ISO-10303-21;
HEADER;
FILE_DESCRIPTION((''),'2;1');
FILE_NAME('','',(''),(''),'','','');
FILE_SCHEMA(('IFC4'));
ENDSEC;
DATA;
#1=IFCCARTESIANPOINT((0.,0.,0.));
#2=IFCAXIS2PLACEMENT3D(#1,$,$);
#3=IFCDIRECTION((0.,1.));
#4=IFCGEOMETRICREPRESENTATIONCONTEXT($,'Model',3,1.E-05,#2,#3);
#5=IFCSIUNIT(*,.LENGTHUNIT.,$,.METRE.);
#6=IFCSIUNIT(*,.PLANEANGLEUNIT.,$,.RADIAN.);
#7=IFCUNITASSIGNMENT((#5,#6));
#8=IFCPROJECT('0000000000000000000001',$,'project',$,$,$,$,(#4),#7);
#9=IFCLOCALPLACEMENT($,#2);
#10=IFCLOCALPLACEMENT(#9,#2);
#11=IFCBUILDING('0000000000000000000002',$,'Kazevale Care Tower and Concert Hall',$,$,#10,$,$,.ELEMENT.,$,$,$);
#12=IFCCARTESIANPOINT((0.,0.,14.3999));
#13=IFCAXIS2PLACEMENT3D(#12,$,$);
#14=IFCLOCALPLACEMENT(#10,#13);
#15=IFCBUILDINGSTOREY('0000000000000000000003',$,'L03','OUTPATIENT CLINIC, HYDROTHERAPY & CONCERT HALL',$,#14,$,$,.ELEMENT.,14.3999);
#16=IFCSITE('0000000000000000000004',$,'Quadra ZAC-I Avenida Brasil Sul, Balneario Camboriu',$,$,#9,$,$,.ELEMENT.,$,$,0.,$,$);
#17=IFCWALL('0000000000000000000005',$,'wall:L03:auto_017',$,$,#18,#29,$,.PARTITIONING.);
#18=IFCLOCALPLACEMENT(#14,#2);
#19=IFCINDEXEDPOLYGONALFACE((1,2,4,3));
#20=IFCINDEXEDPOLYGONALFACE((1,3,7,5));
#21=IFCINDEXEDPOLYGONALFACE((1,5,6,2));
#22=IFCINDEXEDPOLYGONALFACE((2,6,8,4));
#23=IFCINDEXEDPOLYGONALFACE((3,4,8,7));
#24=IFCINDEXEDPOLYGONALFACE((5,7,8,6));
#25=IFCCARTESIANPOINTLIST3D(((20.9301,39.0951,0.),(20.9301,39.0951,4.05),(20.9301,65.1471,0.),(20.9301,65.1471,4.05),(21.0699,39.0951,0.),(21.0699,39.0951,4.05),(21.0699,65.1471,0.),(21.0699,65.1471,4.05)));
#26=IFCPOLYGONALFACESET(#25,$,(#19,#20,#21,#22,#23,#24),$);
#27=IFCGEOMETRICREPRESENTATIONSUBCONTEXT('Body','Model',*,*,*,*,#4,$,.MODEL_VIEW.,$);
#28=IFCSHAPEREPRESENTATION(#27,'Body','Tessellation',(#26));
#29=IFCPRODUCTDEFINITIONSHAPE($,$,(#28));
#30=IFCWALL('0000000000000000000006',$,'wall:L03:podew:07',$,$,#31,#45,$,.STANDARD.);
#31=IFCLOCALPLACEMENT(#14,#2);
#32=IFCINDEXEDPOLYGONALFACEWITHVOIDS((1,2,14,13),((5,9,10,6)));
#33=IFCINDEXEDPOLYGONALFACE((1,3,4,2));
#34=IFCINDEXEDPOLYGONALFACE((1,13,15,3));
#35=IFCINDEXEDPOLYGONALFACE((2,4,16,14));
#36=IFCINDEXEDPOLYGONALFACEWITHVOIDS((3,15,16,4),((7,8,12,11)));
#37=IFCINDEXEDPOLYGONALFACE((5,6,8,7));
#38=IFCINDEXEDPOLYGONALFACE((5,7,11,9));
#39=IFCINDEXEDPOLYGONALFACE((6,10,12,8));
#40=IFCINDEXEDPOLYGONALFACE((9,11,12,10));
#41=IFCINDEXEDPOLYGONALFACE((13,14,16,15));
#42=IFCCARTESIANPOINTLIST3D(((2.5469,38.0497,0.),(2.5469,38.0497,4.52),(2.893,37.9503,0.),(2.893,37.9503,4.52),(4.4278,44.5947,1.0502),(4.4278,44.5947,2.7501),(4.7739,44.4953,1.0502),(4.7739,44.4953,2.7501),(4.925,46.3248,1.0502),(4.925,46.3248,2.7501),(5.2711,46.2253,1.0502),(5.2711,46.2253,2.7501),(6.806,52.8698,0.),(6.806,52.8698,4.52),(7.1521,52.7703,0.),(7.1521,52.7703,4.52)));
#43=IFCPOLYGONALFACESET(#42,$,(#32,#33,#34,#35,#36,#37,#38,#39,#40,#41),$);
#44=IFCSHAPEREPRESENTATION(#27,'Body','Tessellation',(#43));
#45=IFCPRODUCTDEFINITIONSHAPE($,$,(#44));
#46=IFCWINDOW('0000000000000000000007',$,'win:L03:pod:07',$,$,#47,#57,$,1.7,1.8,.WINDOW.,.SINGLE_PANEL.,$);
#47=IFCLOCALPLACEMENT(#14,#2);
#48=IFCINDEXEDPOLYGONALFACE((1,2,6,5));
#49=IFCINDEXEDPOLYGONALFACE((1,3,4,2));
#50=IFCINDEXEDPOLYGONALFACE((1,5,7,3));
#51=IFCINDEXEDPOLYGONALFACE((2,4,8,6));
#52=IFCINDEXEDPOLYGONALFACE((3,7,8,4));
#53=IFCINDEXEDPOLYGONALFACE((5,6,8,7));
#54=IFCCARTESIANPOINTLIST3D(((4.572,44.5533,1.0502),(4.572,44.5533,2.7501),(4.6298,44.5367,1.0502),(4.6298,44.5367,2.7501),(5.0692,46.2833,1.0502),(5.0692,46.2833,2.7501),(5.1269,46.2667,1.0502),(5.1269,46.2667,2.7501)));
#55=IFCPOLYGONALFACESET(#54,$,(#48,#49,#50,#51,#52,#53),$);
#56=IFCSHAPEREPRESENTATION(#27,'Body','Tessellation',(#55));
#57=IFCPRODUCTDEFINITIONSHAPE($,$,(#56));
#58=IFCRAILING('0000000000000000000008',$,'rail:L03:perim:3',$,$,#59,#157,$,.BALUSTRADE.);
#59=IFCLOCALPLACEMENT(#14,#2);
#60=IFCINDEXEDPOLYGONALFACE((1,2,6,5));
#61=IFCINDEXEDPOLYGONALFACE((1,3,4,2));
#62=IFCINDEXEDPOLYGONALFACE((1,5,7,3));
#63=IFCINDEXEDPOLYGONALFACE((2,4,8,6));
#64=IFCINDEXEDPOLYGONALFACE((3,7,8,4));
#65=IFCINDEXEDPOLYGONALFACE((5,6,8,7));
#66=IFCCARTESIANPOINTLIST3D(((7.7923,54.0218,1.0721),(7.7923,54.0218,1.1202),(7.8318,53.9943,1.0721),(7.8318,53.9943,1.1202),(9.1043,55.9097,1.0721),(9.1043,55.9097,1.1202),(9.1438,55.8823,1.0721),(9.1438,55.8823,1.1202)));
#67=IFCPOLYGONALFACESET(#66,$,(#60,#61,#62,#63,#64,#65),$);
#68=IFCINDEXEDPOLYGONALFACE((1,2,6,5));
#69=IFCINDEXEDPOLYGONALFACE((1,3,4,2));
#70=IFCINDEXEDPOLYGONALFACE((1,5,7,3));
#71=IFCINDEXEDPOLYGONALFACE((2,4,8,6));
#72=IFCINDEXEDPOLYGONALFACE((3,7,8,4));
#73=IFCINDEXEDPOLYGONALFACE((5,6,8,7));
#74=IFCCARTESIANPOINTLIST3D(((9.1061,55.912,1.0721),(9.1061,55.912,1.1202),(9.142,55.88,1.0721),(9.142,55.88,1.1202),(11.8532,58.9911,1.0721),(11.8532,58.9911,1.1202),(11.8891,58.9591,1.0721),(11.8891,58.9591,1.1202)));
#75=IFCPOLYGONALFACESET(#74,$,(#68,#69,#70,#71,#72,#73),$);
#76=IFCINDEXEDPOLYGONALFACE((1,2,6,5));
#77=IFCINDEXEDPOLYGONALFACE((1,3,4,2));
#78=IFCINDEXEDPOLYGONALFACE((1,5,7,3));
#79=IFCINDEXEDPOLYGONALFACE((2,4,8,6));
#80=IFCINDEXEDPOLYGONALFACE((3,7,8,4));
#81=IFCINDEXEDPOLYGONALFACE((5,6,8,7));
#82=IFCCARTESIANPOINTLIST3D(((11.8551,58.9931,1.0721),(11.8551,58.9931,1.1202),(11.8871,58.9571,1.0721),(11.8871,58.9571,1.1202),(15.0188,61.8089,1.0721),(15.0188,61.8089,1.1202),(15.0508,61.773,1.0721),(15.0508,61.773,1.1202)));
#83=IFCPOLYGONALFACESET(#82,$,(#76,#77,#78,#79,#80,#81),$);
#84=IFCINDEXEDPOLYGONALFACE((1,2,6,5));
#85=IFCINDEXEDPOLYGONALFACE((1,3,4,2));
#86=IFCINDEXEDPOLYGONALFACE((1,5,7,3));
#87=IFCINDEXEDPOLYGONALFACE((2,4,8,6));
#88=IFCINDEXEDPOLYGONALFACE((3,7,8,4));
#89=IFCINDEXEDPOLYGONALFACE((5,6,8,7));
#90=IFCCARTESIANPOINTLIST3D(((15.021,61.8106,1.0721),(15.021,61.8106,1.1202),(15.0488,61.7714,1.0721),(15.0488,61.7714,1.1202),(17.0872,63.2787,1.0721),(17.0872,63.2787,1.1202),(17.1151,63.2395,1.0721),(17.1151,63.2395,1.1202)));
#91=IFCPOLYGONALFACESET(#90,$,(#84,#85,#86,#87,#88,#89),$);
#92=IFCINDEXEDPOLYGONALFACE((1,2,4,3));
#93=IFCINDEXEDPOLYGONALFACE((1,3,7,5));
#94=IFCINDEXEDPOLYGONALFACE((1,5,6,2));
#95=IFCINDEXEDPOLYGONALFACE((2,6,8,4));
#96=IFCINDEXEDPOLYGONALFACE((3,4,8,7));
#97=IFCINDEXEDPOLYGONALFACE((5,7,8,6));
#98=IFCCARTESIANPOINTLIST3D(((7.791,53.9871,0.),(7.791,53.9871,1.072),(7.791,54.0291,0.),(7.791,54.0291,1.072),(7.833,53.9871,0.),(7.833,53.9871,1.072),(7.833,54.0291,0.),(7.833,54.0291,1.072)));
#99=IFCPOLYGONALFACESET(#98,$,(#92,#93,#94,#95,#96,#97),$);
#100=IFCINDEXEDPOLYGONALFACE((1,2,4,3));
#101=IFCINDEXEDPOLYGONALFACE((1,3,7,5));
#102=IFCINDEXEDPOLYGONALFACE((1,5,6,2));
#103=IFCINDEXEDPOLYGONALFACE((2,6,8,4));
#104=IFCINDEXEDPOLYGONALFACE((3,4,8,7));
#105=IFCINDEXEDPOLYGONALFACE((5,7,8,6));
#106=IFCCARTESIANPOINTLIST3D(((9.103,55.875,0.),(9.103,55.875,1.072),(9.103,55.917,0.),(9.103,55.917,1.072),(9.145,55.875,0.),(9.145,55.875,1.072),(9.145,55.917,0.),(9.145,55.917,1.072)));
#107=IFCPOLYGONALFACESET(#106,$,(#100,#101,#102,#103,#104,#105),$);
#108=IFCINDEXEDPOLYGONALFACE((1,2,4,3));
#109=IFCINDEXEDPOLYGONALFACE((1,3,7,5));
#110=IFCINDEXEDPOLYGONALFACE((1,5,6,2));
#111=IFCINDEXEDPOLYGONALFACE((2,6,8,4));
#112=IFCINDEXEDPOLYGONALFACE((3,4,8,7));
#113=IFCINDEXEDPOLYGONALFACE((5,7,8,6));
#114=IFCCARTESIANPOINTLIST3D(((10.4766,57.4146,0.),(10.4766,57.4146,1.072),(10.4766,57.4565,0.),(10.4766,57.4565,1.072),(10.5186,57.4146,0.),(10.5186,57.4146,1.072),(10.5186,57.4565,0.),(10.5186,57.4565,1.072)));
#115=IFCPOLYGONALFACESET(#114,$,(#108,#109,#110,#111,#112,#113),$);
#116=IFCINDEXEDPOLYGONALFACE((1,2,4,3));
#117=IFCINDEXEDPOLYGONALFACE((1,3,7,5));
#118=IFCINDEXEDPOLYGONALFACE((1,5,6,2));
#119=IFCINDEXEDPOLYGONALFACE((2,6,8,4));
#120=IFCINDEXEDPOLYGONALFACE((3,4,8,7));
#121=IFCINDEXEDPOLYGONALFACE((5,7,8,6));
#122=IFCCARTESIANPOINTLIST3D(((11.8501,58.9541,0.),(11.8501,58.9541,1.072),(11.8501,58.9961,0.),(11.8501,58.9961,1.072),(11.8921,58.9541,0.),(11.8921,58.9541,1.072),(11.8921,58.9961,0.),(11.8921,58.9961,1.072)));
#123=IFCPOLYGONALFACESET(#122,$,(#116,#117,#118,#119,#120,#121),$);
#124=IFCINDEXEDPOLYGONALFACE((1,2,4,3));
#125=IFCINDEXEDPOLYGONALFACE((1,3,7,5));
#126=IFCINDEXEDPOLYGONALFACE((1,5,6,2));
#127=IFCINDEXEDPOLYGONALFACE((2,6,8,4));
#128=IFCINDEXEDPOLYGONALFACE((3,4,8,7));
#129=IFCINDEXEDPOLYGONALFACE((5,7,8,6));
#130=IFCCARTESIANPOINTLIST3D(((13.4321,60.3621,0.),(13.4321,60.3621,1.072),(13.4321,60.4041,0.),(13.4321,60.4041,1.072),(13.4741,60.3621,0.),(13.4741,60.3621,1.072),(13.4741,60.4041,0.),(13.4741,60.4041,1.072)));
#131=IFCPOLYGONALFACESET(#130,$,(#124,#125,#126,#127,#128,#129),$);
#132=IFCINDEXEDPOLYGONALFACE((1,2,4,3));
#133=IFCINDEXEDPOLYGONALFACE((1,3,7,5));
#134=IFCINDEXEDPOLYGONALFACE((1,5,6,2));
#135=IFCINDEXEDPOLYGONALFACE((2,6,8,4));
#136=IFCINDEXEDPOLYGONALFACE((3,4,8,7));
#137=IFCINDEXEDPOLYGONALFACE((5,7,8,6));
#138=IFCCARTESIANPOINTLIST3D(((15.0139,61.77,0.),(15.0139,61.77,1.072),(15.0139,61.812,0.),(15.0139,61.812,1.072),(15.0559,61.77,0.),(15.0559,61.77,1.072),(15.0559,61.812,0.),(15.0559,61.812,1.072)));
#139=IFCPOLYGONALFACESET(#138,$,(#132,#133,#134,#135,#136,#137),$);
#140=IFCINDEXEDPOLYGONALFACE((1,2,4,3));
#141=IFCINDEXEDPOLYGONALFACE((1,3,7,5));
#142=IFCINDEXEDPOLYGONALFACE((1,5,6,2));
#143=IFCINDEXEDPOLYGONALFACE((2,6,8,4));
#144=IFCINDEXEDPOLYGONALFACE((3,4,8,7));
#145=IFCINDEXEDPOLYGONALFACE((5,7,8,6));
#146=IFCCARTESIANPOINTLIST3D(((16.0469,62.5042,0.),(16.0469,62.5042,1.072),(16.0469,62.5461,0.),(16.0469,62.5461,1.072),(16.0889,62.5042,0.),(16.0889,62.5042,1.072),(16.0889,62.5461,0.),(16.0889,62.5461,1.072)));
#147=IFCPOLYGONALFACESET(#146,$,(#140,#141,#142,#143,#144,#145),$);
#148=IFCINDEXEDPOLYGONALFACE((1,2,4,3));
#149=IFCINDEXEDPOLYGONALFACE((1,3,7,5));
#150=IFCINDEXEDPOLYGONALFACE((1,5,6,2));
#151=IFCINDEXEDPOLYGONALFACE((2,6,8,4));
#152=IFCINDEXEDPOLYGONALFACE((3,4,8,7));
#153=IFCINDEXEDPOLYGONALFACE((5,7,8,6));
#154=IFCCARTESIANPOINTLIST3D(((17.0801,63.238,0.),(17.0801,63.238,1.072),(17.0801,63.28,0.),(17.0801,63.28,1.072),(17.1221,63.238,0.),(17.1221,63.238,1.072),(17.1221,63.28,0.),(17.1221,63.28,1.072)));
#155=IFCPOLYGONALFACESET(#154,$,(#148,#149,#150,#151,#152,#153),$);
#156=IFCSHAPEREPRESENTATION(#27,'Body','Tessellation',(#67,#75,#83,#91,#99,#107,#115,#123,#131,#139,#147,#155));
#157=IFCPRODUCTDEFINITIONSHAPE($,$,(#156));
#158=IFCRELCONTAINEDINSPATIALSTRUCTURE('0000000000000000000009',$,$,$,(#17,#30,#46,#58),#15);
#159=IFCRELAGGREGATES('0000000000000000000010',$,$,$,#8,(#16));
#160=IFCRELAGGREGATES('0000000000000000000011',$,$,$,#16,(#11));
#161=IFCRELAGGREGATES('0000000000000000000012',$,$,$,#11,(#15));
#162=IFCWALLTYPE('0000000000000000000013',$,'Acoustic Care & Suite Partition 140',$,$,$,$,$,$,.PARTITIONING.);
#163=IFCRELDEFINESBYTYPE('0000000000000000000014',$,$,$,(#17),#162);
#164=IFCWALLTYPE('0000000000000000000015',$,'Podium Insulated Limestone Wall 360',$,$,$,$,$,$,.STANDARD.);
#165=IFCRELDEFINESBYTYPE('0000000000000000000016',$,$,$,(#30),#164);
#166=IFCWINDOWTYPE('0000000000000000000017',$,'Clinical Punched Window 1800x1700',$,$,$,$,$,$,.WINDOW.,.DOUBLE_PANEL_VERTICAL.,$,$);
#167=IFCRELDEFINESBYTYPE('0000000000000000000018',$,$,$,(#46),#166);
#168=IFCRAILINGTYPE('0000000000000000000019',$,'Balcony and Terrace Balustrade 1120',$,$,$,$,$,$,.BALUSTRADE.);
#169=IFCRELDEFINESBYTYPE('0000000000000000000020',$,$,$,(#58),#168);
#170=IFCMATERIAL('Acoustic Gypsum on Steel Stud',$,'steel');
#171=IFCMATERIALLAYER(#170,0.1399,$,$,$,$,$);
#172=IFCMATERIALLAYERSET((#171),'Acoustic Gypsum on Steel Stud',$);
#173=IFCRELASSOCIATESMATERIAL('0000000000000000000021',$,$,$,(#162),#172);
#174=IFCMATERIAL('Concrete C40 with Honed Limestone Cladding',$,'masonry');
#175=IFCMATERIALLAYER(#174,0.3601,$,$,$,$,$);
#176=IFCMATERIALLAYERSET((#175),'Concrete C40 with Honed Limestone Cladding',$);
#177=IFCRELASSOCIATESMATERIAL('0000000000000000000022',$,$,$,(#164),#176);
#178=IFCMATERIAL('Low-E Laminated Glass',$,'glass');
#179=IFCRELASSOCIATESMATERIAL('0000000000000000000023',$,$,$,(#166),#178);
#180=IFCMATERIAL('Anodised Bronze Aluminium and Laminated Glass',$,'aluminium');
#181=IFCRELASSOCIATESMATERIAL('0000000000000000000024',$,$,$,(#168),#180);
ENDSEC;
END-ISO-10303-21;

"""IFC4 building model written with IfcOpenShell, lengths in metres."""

from ifc_helpers import new_model, si_unit, direction, frame, frame_2d, origin, origin_2d, place, context, subcontext, project, spatial, rectangle, extrude, material, layer, layer_set, type_object, element, fill, save


model = new_model("IFC4")

# Units and contexts
model_context = context("Model", 3, precision=1e-05, world=origin(), true_north=direction((0.0, 1.0)))
body_context = subcontext(model_context, "Body", "Model", "MODEL_VIEW")
ifc_project = project(units=[si_unit("LENGTHUNIT", "METRE"), si_unit("PLANEANGLEUNIT", "RADIAN")], contexts=[model_context])

# Site, building, storey
site_placement = place(None, origin())
site = spatial("IfcSite", under=ifc_project, at=site_placement, Name="Quadra ZAC-I Avenida Brasil Sul, Balneario Camboriu", CompositionType="ELEMENT", RefElevation=0.0)
building_placement = place(site_placement, origin())
building = spatial("IfcBuilding", under=site, at=building_placement, Name="Kazevale Care Tower and Concert Hall", CompositionType="ELEMENT")
storey_placement = place(building_placement, frame((0.0, 0.0, 14.3999)))
storey = spatial("IfcBuildingStorey", under=building, at=storey_placement, Name="L03", Description="OUTPATIENT CLINIC, HYDROTHERAPY & CONCERT HALL", CompositionType="ELEMENT", Elevation=14.3999)

# Shared definitions
ifc_material_1 = material(Name="Low-E Laminated Glass", Category="glass")

# Wall
ifc_material_2 = material(Name="Acoustic Gypsum on Steel Stud", Category="steel")
ifc_layer_1 = layer(ifc_material_2, 0.1399)
ifc_layer_set_1 = layer_set([ifc_layer_1], Name="Acoustic Gypsum on Steel Stud")
wall_type_1 = type_object("IfcWallType", Name="Acoustic Care & Suite Partition 140", PredefinedType="PARTITIONING", material=ifc_layer_set_1)
wall_1_placement = place(storey_placement, frame((21.0, 65.147, 0.0), z_axis=(0.0, 0.0, 1.0), x_axis=(0.0, -1.0, 0.0)))
element("IfcWall", 1, at=wall_1_placement, inside=storey, type_object=wall_type_1, Name="wall:L03:auto_017", PredefinedType="PARTITIONING", context=body_context, shape_type="SweptSolid", body=[
    extrude(rectangle(XDim=26.052, YDim=0.1399, at=frame_2d((13.0259, 0.0))), origin(), (0.0, 0.0, 1.0), 4.05),
])

# Wall, opening, window
ifc_material_3 = material(Name="Concrete C40 with Honed Limestone Cladding", Category="masonry")
ifc_layer_2 = layer(ifc_material_3, 0.3601)
ifc_layer_set_2 = layer_set([ifc_layer_2], Name="Concrete C40 with Honed Limestone Cladding")
wall_type_2 = type_object("IfcWallType", Name="Podium Insulated Limestone Wall 360", PredefinedType="STANDARD", material=ifc_layer_set_2)
wall_2_placement = place(storey_placement, frame((6.979, 52.8201, 0.0), z_axis=(0.0, 0.0, 1.0), x_axis=(-0.276203, -0.961099, 0.0)))
wall_2 = element("IfcWall", 2, at=wall_2_placement, inside=storey, type_object=wall_type_2, Name="wall:L03:podew:07", PredefinedType="STANDARD", context=body_context, shape_type="SweptSolid", body=[
    extrude(rectangle(XDim=15.4199, YDim=0.3601, at=frame_2d((7.71, 0.0))), origin(), (0.0, 0.0, 1.0), 4.52),
])
opening_placement = place(wall_2_placement, frame((6.8101, 0.0, 1.05)))
opening = element("IfcOpeningElement", 3, at=opening_placement, cuts=wall_2, PredefinedType="OPENING", context=body_context, shape_type="SweptSolid", body=[
    extrude(rectangle(XDim=1.8, YDim=1.7, at=frame_2d((0.8999, 0.8501))), frame((0.0, 0.1899, 0.0), z_axis=(0.0, -1.0, 0.0), x_axis=(1.0, 0.0, 0.0)), (0.0, 0.0, 1.0), 0.3801),
])
window_type = type_object("IfcWindowType", Name="Clinical Punched Window 1800x1700", PartitioningType="DOUBLE_PANEL_VERTICAL", PredefinedType="WINDOW", material=ifc_material_1)
window_placement = place(opening_placement, origin())
window = element("IfcWindow", 4, at=window_placement, inside=storey, type_object=window_type, Name="win:L03:pod:07", OverallHeight=1.7, OverallWidth=1.8, PartitioningType="SINGLE_PANEL", PredefinedType="WINDOW", context=body_context, shape_type="SweptSolid", body=[
    extrude(rectangle(XDim=1.8, YDim=1.7, at=frame_2d((0.8999, 0.8501))), frame((0.0, 0.03, 0.0), z_axis=(0.0, -1.0, 0.0), x_axis=(1.0, 0.0, 0.0)), (0.0, 0.0, 1.0), 0.0601),
])
fill(opening, window)

# Railing
ifc_material_4 = material(Name="Anodised Bronze Aluminium and Laminated Glass", Category="aluminium")
railing_type = type_object("IfcRailingType", Name="Balcony and Terrace Balustrade 1120", PredefinedType="BALUSTRADE", material=ifc_material_4)
railing_1_placement = place(storey_placement, frame((7.812, 54.0081, 0.0)))
element("IfcRailing", 5, at=railing_1_placement, inside=storey, type_object=railing_type, Name="rail:L03:perim:3", PredefinedType="BALUSTRADE", context=body_context, shape_type="SweptSolid", body=[
    extrude(rectangle(XDim=0.0481, YDim=0.0481, at=origin_2d()), frame((0.0, 0.0, 1.0962), z_axis=(0.570672, 0.821178, 0.0), x_axis=(-0.821178, 0.570672, 0.0)), (0.0, 0.0, 1.0), 2.2991),
    extrude(rectangle(XDim=0.0481, YDim=0.0481, at=origin_2d()), frame((1.312, 1.8879, 1.0962), z_axis=(0.665729, 0.746194, 0.0), x_axis=(-0.746194, 0.665729, 0.0)), (0.0, 0.0, 1.0), 4.1265),
    extrude(rectangle(XDim=0.0481, YDim=0.0481, at=origin_2d()), frame((4.0591, 4.967, 1.0962), z_axis=(0.746983, 0.664843, 0.0), x_axis=(-0.664843, 0.746983, 0.0)), (0.0, 0.0, 1.0), 4.2354),
    extrude(rectangle(XDim=0.0481, YDim=0.0481, at=origin_2d()), frame((7.2229, 7.783, 1.0962), z_axis=(0.815189, 0.579195, 0.0), x_axis=(-0.579195, 0.815189, 0.0)), (0.0, 0.0, 1.0), 2.5347),
    extrude(rectangle(XDim=0.042, YDim=0.042, at=origin_2d()), origin(), (0.0, 0.0, 1.0), 1.072),
    extrude(rectangle(XDim=0.042, YDim=0.042, at=origin_2d()), frame((1.312, 1.8879, 0.0)), (0.0, 0.0, 1.0), 1.072),
    extrude(rectangle(XDim=0.042, YDim=0.042, at=origin_2d()), frame((2.6855, 3.4275, 0.0)), (0.0, 0.0, 1.0), 1.072),
    extrude(rectangle(XDim=0.042, YDim=0.042, at=origin_2d()), frame((4.0591, 4.967, 0.0)), (0.0, 0.0, 1.0), 1.072),
    extrude(rectangle(XDim=0.042, YDim=0.042, at=origin_2d()), frame((5.6411, 6.375, 0.0)), (0.0, 0.0, 1.0), 1.072),
    extrude(rectangle(XDim=0.042, YDim=0.042, at=origin_2d()), frame((7.2229, 7.783, 0.0)), (0.0, 0.0, 1.0), 1.072),
    extrude(rectangle(XDim=0.042, YDim=0.042, at=origin_2d()), frame((8.2559, 8.5171, 0.0)), (0.0, 0.0, 1.0), 1.072),
    extrude(rectangle(XDim=0.042, YDim=0.042, at=origin_2d()), frame((9.2891, 9.251, 0.0)), (0.0, 0.0, 1.0), 1.072),
])

save(model, "model.ifc")
